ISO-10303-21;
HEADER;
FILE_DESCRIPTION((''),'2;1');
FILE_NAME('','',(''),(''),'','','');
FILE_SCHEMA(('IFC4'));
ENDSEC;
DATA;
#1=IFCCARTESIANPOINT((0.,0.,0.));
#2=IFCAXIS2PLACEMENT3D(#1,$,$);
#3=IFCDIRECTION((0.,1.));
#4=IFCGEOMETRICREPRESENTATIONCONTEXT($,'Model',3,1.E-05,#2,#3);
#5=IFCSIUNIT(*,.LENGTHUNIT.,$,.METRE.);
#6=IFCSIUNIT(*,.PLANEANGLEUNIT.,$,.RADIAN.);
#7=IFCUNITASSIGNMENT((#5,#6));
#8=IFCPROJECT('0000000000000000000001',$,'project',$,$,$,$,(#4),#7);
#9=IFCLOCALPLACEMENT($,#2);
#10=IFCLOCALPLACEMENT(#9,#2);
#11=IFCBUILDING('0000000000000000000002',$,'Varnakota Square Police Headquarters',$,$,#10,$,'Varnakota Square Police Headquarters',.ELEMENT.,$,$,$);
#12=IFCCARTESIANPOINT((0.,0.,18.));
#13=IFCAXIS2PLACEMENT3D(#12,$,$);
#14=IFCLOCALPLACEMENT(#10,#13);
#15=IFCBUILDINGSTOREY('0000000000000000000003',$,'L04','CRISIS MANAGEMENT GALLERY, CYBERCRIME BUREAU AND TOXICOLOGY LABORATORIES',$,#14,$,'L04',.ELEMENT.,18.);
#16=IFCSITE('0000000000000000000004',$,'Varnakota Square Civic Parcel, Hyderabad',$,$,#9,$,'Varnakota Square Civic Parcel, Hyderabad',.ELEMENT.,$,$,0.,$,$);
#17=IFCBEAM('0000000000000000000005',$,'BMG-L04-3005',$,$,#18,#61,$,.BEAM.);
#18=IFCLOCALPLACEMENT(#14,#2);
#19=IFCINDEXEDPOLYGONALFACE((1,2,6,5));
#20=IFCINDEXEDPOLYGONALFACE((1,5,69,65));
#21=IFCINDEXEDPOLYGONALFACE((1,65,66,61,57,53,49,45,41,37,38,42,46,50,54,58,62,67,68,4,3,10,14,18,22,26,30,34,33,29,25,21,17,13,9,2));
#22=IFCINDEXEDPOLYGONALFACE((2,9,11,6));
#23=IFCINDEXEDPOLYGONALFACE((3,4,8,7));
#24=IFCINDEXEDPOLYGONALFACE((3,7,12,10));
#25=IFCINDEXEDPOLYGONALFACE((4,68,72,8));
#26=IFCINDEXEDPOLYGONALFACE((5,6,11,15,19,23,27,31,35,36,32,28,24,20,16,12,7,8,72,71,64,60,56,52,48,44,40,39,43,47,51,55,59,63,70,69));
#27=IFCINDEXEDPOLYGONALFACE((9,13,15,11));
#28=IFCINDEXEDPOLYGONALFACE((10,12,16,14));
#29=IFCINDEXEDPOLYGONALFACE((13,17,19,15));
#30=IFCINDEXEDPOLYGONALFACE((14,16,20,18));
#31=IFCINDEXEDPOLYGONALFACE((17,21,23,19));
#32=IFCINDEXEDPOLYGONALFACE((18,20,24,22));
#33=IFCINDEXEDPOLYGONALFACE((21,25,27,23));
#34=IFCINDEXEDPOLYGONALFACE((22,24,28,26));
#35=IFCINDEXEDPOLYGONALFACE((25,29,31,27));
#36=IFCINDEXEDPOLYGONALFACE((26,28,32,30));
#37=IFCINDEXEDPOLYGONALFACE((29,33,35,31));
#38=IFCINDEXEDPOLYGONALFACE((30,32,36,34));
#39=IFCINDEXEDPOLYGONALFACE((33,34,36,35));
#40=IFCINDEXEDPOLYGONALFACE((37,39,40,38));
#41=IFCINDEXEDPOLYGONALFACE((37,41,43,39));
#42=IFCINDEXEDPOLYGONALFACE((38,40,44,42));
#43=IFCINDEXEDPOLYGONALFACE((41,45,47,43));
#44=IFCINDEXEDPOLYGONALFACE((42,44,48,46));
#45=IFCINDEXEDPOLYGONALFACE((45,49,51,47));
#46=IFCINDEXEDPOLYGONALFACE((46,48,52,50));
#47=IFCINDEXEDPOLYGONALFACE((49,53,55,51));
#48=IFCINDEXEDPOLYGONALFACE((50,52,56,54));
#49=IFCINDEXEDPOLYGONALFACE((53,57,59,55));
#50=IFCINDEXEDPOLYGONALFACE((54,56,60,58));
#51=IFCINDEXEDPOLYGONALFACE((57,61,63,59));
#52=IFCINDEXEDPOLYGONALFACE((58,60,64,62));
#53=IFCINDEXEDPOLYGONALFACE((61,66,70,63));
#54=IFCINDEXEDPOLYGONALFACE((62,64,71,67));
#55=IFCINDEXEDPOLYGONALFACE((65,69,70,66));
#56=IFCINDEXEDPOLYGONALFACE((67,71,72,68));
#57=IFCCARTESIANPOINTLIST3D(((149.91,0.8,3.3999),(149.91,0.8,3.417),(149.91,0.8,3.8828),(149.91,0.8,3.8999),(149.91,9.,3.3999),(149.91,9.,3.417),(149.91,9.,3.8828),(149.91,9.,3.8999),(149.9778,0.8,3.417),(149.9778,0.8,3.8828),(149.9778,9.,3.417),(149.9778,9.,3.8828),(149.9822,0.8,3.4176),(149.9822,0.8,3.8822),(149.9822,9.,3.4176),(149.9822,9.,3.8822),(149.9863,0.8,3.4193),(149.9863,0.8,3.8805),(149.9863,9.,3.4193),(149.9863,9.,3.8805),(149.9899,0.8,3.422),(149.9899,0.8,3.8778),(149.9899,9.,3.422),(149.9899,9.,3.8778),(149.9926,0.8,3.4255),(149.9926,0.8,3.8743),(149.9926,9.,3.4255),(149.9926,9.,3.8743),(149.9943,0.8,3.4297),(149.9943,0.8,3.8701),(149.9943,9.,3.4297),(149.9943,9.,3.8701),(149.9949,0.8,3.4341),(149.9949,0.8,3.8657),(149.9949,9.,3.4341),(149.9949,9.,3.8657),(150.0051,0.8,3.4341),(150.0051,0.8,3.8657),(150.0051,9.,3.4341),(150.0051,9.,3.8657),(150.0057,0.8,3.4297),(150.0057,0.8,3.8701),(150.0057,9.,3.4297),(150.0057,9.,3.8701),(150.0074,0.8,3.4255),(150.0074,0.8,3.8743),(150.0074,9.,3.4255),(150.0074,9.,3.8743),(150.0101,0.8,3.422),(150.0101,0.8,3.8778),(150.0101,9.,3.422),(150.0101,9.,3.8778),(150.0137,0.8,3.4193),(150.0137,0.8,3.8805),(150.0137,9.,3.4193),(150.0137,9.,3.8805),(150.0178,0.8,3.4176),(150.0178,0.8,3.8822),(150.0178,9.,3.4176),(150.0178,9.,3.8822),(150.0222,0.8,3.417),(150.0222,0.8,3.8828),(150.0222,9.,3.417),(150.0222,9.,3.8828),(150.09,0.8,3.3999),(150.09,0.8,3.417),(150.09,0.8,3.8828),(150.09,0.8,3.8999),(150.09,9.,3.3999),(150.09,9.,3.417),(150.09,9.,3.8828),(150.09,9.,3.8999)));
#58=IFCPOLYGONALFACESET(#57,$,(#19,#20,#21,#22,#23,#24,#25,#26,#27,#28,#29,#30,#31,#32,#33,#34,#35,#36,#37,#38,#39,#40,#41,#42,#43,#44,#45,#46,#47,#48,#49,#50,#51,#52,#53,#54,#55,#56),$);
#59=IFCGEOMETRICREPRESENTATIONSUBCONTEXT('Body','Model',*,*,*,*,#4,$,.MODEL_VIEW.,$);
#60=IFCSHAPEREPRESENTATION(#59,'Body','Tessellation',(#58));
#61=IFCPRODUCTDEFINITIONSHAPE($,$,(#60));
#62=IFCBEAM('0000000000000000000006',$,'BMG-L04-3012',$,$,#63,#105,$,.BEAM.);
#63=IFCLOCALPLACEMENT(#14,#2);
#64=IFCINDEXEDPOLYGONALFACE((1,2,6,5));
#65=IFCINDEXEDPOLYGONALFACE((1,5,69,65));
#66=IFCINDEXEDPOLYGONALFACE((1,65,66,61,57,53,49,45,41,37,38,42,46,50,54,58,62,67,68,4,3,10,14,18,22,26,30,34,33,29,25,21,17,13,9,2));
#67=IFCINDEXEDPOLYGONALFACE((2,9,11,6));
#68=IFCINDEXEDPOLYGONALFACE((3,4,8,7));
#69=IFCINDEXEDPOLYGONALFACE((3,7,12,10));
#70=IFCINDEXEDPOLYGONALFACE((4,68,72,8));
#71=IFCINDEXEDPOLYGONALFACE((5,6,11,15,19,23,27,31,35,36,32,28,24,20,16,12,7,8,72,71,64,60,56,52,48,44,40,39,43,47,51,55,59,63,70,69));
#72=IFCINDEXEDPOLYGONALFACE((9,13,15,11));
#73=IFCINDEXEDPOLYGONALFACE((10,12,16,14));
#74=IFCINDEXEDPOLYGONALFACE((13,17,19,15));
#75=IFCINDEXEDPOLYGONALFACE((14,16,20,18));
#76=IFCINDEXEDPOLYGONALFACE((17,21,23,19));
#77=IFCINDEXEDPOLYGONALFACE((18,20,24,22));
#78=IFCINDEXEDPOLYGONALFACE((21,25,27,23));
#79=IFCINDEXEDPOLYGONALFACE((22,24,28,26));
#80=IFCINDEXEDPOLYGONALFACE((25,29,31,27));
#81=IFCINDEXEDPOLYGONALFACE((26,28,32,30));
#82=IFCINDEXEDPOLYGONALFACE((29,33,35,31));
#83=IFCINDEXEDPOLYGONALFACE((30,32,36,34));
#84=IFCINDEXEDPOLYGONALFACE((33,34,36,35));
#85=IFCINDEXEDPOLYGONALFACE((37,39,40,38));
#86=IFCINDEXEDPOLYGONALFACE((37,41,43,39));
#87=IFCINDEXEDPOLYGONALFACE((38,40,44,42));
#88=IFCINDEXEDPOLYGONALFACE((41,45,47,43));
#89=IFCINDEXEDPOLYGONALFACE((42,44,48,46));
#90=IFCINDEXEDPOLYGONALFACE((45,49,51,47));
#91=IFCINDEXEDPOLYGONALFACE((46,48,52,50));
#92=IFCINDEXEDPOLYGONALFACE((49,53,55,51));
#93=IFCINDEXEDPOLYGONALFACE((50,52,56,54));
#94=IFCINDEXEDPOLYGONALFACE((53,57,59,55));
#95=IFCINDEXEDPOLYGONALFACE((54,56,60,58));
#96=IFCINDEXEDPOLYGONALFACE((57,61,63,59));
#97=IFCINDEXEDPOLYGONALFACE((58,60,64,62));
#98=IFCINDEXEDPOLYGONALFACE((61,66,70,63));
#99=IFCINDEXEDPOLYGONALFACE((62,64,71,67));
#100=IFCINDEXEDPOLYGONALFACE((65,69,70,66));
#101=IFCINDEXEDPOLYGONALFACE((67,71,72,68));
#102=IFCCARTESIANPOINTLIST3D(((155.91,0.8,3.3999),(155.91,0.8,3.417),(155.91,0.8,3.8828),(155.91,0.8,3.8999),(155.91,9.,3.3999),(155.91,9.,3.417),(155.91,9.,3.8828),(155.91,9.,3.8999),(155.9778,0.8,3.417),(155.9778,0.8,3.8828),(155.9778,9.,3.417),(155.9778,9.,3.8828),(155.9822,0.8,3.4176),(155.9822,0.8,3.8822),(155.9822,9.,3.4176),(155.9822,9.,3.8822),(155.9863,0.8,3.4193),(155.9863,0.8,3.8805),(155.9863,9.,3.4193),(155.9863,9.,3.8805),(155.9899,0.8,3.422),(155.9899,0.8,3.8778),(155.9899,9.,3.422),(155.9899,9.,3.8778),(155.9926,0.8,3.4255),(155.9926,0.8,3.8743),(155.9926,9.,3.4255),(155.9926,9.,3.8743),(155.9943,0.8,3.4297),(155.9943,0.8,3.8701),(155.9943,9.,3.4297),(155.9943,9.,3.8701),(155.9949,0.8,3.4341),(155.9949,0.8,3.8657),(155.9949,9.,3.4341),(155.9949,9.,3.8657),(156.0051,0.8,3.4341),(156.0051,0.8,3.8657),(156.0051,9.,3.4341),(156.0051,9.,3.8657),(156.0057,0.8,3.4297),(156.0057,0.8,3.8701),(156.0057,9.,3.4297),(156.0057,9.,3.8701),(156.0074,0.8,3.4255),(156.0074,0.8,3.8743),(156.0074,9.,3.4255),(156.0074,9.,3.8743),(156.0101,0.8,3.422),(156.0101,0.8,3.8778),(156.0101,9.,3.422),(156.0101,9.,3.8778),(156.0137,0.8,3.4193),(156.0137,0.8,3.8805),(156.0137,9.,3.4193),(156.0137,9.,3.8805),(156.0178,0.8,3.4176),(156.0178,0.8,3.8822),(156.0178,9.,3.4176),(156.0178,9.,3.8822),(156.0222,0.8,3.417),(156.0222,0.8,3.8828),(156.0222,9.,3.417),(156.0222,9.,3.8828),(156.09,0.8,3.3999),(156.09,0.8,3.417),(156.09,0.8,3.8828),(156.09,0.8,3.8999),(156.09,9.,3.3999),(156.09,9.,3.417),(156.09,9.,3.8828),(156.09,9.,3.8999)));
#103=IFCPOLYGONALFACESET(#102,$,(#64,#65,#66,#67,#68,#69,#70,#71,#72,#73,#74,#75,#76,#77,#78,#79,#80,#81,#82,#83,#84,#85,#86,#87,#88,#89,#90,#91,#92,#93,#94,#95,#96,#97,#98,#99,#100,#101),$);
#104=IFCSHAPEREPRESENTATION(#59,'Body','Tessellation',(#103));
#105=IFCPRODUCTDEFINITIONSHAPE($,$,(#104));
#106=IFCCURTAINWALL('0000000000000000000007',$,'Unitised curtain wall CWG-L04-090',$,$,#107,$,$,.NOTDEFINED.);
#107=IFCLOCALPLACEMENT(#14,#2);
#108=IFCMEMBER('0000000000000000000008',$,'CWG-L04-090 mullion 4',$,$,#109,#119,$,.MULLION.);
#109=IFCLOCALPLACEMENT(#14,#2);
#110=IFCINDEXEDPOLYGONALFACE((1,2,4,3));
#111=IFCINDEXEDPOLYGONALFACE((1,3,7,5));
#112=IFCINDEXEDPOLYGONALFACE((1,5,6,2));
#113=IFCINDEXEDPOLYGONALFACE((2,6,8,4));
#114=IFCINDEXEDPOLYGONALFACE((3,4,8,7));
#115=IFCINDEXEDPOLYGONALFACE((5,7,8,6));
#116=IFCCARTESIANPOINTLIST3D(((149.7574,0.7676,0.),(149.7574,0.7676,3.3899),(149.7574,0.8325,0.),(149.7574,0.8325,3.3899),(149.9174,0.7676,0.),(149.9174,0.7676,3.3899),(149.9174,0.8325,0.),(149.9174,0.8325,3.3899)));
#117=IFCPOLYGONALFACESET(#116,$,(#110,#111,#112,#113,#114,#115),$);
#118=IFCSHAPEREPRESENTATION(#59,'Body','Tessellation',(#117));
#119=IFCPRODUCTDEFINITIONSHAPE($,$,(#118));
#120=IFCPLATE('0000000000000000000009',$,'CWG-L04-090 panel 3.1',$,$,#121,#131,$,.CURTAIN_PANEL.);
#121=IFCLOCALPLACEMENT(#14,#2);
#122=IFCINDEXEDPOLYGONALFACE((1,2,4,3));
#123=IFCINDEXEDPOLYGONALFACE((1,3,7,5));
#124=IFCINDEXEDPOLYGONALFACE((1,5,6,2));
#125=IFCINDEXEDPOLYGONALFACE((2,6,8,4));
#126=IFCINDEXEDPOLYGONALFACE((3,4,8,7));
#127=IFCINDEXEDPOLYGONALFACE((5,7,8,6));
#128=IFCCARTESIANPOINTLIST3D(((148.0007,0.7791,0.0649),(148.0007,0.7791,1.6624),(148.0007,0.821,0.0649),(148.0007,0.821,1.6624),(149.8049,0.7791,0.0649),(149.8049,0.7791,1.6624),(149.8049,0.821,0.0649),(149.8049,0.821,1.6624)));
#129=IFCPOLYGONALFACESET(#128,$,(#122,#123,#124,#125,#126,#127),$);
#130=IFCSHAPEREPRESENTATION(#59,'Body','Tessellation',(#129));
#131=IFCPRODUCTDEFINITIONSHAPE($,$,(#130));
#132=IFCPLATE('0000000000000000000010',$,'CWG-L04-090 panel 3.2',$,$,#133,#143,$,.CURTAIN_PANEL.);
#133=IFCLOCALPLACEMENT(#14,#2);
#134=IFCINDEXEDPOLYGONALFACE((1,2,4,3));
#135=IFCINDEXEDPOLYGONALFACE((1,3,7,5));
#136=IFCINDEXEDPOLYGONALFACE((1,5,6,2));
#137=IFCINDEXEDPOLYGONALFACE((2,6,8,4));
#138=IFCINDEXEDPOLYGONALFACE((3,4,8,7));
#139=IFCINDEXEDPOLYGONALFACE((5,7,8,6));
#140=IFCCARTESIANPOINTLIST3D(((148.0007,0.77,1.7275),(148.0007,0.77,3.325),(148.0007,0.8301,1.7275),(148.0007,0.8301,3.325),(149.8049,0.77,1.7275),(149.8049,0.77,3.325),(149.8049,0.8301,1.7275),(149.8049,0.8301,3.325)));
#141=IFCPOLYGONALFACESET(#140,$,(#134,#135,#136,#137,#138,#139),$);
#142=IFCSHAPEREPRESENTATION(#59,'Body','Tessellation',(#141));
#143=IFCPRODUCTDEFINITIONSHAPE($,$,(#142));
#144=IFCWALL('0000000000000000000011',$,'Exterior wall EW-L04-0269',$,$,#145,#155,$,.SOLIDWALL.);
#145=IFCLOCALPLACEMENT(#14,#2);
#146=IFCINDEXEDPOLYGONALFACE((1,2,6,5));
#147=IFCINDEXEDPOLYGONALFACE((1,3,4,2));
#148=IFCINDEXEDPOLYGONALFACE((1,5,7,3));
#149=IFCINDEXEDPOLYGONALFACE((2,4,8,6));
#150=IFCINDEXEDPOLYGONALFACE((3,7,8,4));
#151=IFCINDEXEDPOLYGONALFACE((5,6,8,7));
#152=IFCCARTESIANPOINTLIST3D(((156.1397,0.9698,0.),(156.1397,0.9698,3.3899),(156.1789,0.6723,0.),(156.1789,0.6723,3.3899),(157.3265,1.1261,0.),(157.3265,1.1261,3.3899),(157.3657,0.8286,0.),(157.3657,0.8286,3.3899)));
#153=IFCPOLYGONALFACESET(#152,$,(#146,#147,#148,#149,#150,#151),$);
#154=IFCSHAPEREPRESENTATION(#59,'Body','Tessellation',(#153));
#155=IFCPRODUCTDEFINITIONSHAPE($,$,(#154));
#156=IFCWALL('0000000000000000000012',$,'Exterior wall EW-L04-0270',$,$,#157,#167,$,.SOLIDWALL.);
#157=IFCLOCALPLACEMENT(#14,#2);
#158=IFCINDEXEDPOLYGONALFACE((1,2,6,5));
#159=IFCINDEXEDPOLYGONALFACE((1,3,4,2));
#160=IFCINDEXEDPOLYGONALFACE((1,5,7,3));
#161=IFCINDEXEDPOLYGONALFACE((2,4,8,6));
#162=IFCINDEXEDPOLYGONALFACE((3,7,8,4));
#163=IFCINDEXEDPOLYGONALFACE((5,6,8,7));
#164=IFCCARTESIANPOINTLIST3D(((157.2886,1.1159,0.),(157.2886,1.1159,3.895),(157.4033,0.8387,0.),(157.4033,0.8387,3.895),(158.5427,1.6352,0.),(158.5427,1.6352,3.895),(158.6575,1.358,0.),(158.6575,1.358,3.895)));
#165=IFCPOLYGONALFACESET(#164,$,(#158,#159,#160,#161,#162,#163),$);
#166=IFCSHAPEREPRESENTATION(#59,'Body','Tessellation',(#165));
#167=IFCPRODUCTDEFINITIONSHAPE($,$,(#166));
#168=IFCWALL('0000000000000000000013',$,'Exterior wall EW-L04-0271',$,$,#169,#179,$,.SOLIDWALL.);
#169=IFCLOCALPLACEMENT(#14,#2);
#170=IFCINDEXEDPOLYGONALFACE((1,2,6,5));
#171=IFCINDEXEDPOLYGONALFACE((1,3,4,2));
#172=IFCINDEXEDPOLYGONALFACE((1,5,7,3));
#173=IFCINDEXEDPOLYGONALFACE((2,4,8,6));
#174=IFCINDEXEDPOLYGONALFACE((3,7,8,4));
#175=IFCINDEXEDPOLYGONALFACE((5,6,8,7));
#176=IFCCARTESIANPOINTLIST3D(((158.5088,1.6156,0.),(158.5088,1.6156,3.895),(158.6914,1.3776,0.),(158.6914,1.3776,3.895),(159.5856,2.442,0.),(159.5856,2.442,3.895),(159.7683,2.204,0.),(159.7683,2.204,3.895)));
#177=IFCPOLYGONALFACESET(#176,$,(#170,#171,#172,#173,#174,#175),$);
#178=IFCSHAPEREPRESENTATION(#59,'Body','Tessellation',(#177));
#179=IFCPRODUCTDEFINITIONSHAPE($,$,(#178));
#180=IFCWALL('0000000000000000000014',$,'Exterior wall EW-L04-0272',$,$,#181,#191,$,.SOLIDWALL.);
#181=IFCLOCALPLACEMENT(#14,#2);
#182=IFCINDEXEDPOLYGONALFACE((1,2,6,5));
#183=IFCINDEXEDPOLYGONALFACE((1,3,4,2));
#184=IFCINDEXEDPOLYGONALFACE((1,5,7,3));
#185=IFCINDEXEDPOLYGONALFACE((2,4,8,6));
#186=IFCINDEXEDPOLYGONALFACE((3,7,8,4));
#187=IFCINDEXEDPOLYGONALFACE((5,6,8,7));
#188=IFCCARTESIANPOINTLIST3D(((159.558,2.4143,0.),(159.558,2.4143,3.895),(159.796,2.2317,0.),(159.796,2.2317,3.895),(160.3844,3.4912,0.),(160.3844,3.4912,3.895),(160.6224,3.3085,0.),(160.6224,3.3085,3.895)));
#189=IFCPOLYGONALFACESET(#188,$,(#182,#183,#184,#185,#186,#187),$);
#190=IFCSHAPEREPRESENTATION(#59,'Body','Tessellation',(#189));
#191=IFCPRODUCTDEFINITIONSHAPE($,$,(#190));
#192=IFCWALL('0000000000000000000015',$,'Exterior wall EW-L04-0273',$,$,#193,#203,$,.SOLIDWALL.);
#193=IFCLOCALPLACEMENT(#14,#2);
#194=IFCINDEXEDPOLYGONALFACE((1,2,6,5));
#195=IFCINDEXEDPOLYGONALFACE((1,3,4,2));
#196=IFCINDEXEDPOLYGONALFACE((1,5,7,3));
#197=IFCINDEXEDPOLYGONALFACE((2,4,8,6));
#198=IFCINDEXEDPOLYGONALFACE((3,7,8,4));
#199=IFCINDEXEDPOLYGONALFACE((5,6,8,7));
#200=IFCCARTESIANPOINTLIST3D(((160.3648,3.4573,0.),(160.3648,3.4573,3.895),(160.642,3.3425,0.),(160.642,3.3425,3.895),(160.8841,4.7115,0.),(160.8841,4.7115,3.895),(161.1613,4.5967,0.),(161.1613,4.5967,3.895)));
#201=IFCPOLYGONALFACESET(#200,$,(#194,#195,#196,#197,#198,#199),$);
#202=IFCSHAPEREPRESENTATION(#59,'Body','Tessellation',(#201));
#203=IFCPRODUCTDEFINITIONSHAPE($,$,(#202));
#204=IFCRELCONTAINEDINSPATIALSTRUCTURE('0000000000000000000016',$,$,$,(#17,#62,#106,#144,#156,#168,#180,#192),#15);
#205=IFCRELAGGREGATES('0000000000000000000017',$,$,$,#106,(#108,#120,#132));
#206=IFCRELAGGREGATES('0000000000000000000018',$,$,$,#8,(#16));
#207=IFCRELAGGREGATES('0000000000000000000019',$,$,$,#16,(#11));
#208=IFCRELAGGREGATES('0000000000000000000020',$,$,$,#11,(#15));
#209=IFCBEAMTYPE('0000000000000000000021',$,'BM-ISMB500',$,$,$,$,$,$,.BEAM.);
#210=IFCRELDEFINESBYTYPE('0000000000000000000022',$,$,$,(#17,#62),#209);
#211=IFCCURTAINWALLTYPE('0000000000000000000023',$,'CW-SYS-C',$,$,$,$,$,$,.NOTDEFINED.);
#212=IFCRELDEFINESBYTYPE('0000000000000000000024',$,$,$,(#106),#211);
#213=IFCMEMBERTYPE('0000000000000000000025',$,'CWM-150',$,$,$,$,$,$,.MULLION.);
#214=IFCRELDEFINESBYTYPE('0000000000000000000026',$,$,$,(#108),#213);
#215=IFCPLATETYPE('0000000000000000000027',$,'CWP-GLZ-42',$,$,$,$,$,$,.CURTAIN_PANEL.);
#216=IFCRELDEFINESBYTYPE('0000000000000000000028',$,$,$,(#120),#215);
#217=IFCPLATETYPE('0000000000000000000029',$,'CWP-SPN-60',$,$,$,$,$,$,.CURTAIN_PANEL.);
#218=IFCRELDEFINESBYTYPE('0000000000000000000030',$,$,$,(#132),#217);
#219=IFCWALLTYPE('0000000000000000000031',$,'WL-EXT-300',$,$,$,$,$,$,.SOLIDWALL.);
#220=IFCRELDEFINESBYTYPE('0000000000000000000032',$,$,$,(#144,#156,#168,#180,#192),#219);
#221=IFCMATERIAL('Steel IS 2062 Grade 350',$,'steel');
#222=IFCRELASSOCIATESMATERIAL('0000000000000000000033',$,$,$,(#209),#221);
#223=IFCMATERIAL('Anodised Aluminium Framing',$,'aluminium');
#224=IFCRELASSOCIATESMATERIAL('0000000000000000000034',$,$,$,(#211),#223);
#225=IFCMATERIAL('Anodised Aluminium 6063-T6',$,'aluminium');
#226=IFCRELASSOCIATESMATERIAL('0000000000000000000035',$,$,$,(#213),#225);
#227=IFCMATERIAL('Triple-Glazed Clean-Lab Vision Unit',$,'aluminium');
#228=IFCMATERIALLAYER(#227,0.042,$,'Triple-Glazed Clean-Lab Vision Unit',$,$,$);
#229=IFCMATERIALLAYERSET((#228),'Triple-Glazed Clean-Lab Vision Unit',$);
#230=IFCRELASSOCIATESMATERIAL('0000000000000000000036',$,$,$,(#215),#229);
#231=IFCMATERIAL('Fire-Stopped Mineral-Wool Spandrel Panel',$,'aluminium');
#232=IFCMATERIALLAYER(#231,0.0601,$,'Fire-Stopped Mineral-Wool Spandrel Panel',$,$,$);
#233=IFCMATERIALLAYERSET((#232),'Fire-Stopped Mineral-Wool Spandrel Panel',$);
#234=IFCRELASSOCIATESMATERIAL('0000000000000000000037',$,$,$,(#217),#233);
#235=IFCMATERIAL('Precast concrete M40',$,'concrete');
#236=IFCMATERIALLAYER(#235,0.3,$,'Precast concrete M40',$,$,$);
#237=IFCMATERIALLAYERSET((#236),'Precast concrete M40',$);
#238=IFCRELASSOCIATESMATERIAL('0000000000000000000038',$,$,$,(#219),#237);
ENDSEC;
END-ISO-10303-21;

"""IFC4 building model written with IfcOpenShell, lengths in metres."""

from ifc_helpers import new_model, si_unit, direction, frame, frame_2d, origin, origin_2d, place, context, subcontext, project, spatial, rectangle, i_section, extrude, material, layer, layer_set, material_profile, profile_set, type_object, element, aggregate, save


model = new_model("IFC4")

# Units and contexts
model_context = context("Model", 3, precision=1e-05, world=origin(), true_north=direction((0.0, 1.0)))
body_context = subcontext(model_context, "Body", "Model", "MODEL_VIEW")
ifc_project = project(units=[si_unit("LENGTHUNIT", "METRE"), si_unit("PLANEANGLEUNIT", "RADIAN")], contexts=[model_context])

# Site, building, storey
site_placement = place(None, origin())
site = spatial("IfcSite", under=ifc_project, at=site_placement, Name="Varnakota Square Civic Parcel, Hyderabad", LongName="Varnakota Square Civic Parcel, Hyderabad", CompositionType="ELEMENT", RefElevation=0.0)
building_placement = place(site_placement, origin())
building = spatial("IfcBuilding", under=site, at=building_placement, Name="Varnakota Square Police Headquarters", LongName="Varnakota Square Police Headquarters", CompositionType="ELEMENT")
storey_placement = place(building_placement, frame((0.0, 0.0, 18.0)))
storey = spatial("IfcBuildingStorey", under=building, at=storey_placement, Name="L04", Description="CRISIS MANAGEMENT GALLERY, CYBERCRIME BUREAU AND TOXICOLOGY LABORATORIES", LongName="L04", CompositionType="ELEMENT", Elevation=18.0)

# Shared definitions
ifc_material_1 = material(Name="Steel IS 2062 Grade 350", Category="steel")

# Beams
ifc_material_profile_1 = material_profile(ifc_material_1, i_section(OverallWidth=0.1799, OverallDepth=0.5, WebThickness=0.0103, FlangeThickness=0.0171, FilletRadius=0.0171, at=origin_2d()), Name="ISMB 500")
ifc_profile_set_1 = profile_set([ifc_material_profile_1], Name="Steel IS 2062 Grade 350")
beam_type_1 = type_object("IfcBeamType", Name="BM-ISMB500", PredefinedType="BEAM", material=ifc_profile_set_1)
for number, where, z_axis, x_axis, name in (
    (1, (150.0, 0.8, 3.6499), (0.0, 1.0, 0.0), (-1.0, 0.0, 0.0), "BMG-L04-3005"),
    (2, (156.0, 0.8, 3.6499), (0.0, 1.0, 0.0), (-1.0, 0.0, 0.0), "BMG-L04-3012"),
):
    element("IfcBeam", number, at=place(storey_placement, frame(where, z_axis=z_axis, x_axis=x_axis)), inside=storey, type_object=beam_type_1, Name=name, PredefinedType="BEAM", context=body_context, shape_type="SweptSolid", body=[
        extrude(i_section(OverallWidth=0.1799, OverallDepth=0.5, WebThickness=0.0103, FlangeThickness=0.0171, FilletRadius=0.0171, at=origin_2d()), origin(), (0.0, 0.0, 1.0), 8.2),
    ])

# Curtain wall, member, plates
ifc_material_2 = material(Name="Anodised Aluminium Framing", Category="aluminium")
curtain_wall_type = type_object("IfcCurtainWallType", Name="CW-SYS-C", PredefinedType="NOTDEFINED", material=ifc_material_2)
curtain_wall_placement = place(storey_placement, origin())
curtain_wall = element("IfcCurtainWall", 3, at=curtain_wall_placement, inside=storey, type_object=curtain_wall_type, Name="Unitised curtain wall CWG-L04-090", PredefinedType="NOTDEFINED")
ifc_material_3 = material(Name="Anodised Aluminium 6063-T6", Category="aluminium")
ifc_material_profile_2 = material_profile(ifc_material_3, rectangle(XDim=0.0649, YDim=0.1599, at=origin_2d()), Name="ALU MULLION 65x160")
ifc_profile_set_2 = profile_set([ifc_material_profile_2], Name="Anodised Aluminium 6063-T6")
member_type = type_object("IfcMemberType", Name="CWM-150", PredefinedType="MULLION", material=ifc_profile_set_2)
member_placement = place(storey_placement, frame((149.8374, 0.8, 0.0), z_axis=(0.0, 0.0, 1.0), x_axis=(0.0, 1.0, 0.0)))
member = element("IfcMember", 4, at=member_placement, type_object=member_type, Name="CWG-L04-090 mullion 4", PredefinedType="MULLION", context=body_context, shape_type="SweptSolid", body=[
    extrude(rectangle(XDim=0.0649, YDim=0.1599, at=origin_2d()), origin(), (0.0, 0.0, 1.0), 3.3899),
])
ifc_material_4 = material(Name="Triple-Glazed Clean-Lab Vision Unit", Category="aluminium")
ifc_layer_1 = layer(ifc_material_4, 0.042, Name="Triple-Glazed Clean-Lab Vision Unit")
ifc_layer_set_1 = layer_set([ifc_layer_1], Name="Triple-Glazed Clean-Lab Vision Unit")
plate_type_1 = type_object("IfcPlateType", Name="CWP-GLZ-42", PredefinedType="CURTAIN_PANEL", material=ifc_layer_set_1)
plate_1_placement = place(storey_placement, frame((148.9028, 0.8, 0.0649), z_axis=(0.0, 0.0, 1.0), x_axis=(1.0, 0.0, 0.0)))
plate_1 = element("IfcPlate", 5, at=plate_1_placement, type_object=plate_type_1, Name="CWG-L04-090 panel 3.1", PredefinedType="CURTAIN_PANEL", context=body_context, shape_type="SweptSolid", body=[
    extrude(rectangle(XDim=1.8042, YDim=0.042, at=origin_2d()), origin(), (0.0, 0.0, 1.0), 1.5974),
])
ifc_material_5 = material(Name="Fire-Stopped Mineral-Wool Spandrel Panel", Category="aluminium")
ifc_layer_2 = layer(ifc_material_5, 0.0601, Name="Fire-Stopped Mineral-Wool Spandrel Panel")
ifc_layer_set_2 = layer_set([ifc_layer_2], Name="Fire-Stopped Mineral-Wool Spandrel Panel")
plate_type_2 = type_object("IfcPlateType", Name="CWP-SPN-60", PredefinedType="CURTAIN_PANEL", material=ifc_layer_set_2)
plate_2_placement = place(storey_placement, frame((148.9028, 0.8, 1.7275), z_axis=(0.0, 0.0, 1.0), x_axis=(1.0, 0.0, 0.0)))
plate_2 = element("IfcPlate", 6, at=plate_2_placement, type_object=plate_type_2, Name="CWG-L04-090 panel 3.2", PredefinedType="CURTAIN_PANEL", context=body_context, shape_type="SweptSolid", body=[
    extrude(rectangle(XDim=1.8042, YDim=0.0601, at=origin_2d()), origin(), (0.0, 0.0, 1.0), 1.5974),
])
aggregate(curtain_wall, [member, plate_1, plate_2])

# Walls
ifc_material_6 = material(Name="Precast concrete M40", Category="concrete")
ifc_layer_3 = layer(ifc_material_6, 0.3, Name="Precast concrete M40")
ifc_layer_set_3 = layer_set([ifc_layer_3], Name="Precast concrete M40")
wall_type_1 = type_object("IfcWallType", Name="WL-EXT-300", PredefinedType="SOLIDWALL", material=ifc_layer_set_3)
wall_1_placement = place(storey_placement, frame((156.1592, 0.821, 0.0), z_axis=(0.0, 0.0, 1.0), x_axis=(0.991444, 0.130534, 0.0)))
element("IfcWall", 7, at=wall_1_placement, inside=storey, type_object=wall_type_1, Name="Exterior wall EW-L04-0269", PredefinedType="SOLIDWALL", context=body_context, shape_type="SweptSolid", body=[
    extrude(rectangle(XDim=1.197, YDim=0.3, at=frame_2d((0.5986, 0.0))), origin(), (0.0, 0.0, 1.0), 3.3899),
])
for number, where, z_axis, x_axis, name in (
    (8, (157.3459, 0.9773, 0.0), (0.0, 0.0, 1.0), (0.923931, 0.382558, 0.0), "Exterior wall EW-L04-0270"),
    (9, (158.6001, 1.4966, 0.0), (0.0, 0.0, 1.0), (0.793325, 0.608798, 0.0), "Exterior wall EW-L04-0271"),
    (10, (159.677, 2.323, 0.0), (0.0, 0.0, 1.0), (0.608798, 0.793325, 0.0), "Exterior wall EW-L04-0272"),
    (11, (160.5034, 3.3999, 0.0), (0.0, 0.0, 1.0), (0.382558, 0.923931, 0.0), "Exterior wall EW-L04-0273"),
):
    element("IfcWall", number, at=place(storey_placement, frame(where, z_axis=z_axis, x_axis=x_axis)), inside=storey, type_object=wall_type_1, Name=name, PredefinedType="SOLIDWALL", context=body_context, shape_type="SweptSolid", body=[
        extrude(rectangle(XDim=1.3574, YDim=0.3, at=frame_2d((0.6787, 0.0))), origin(), (0.0, 0.0, 1.0), 3.895),
    ])

save(model, "model.ifc")
